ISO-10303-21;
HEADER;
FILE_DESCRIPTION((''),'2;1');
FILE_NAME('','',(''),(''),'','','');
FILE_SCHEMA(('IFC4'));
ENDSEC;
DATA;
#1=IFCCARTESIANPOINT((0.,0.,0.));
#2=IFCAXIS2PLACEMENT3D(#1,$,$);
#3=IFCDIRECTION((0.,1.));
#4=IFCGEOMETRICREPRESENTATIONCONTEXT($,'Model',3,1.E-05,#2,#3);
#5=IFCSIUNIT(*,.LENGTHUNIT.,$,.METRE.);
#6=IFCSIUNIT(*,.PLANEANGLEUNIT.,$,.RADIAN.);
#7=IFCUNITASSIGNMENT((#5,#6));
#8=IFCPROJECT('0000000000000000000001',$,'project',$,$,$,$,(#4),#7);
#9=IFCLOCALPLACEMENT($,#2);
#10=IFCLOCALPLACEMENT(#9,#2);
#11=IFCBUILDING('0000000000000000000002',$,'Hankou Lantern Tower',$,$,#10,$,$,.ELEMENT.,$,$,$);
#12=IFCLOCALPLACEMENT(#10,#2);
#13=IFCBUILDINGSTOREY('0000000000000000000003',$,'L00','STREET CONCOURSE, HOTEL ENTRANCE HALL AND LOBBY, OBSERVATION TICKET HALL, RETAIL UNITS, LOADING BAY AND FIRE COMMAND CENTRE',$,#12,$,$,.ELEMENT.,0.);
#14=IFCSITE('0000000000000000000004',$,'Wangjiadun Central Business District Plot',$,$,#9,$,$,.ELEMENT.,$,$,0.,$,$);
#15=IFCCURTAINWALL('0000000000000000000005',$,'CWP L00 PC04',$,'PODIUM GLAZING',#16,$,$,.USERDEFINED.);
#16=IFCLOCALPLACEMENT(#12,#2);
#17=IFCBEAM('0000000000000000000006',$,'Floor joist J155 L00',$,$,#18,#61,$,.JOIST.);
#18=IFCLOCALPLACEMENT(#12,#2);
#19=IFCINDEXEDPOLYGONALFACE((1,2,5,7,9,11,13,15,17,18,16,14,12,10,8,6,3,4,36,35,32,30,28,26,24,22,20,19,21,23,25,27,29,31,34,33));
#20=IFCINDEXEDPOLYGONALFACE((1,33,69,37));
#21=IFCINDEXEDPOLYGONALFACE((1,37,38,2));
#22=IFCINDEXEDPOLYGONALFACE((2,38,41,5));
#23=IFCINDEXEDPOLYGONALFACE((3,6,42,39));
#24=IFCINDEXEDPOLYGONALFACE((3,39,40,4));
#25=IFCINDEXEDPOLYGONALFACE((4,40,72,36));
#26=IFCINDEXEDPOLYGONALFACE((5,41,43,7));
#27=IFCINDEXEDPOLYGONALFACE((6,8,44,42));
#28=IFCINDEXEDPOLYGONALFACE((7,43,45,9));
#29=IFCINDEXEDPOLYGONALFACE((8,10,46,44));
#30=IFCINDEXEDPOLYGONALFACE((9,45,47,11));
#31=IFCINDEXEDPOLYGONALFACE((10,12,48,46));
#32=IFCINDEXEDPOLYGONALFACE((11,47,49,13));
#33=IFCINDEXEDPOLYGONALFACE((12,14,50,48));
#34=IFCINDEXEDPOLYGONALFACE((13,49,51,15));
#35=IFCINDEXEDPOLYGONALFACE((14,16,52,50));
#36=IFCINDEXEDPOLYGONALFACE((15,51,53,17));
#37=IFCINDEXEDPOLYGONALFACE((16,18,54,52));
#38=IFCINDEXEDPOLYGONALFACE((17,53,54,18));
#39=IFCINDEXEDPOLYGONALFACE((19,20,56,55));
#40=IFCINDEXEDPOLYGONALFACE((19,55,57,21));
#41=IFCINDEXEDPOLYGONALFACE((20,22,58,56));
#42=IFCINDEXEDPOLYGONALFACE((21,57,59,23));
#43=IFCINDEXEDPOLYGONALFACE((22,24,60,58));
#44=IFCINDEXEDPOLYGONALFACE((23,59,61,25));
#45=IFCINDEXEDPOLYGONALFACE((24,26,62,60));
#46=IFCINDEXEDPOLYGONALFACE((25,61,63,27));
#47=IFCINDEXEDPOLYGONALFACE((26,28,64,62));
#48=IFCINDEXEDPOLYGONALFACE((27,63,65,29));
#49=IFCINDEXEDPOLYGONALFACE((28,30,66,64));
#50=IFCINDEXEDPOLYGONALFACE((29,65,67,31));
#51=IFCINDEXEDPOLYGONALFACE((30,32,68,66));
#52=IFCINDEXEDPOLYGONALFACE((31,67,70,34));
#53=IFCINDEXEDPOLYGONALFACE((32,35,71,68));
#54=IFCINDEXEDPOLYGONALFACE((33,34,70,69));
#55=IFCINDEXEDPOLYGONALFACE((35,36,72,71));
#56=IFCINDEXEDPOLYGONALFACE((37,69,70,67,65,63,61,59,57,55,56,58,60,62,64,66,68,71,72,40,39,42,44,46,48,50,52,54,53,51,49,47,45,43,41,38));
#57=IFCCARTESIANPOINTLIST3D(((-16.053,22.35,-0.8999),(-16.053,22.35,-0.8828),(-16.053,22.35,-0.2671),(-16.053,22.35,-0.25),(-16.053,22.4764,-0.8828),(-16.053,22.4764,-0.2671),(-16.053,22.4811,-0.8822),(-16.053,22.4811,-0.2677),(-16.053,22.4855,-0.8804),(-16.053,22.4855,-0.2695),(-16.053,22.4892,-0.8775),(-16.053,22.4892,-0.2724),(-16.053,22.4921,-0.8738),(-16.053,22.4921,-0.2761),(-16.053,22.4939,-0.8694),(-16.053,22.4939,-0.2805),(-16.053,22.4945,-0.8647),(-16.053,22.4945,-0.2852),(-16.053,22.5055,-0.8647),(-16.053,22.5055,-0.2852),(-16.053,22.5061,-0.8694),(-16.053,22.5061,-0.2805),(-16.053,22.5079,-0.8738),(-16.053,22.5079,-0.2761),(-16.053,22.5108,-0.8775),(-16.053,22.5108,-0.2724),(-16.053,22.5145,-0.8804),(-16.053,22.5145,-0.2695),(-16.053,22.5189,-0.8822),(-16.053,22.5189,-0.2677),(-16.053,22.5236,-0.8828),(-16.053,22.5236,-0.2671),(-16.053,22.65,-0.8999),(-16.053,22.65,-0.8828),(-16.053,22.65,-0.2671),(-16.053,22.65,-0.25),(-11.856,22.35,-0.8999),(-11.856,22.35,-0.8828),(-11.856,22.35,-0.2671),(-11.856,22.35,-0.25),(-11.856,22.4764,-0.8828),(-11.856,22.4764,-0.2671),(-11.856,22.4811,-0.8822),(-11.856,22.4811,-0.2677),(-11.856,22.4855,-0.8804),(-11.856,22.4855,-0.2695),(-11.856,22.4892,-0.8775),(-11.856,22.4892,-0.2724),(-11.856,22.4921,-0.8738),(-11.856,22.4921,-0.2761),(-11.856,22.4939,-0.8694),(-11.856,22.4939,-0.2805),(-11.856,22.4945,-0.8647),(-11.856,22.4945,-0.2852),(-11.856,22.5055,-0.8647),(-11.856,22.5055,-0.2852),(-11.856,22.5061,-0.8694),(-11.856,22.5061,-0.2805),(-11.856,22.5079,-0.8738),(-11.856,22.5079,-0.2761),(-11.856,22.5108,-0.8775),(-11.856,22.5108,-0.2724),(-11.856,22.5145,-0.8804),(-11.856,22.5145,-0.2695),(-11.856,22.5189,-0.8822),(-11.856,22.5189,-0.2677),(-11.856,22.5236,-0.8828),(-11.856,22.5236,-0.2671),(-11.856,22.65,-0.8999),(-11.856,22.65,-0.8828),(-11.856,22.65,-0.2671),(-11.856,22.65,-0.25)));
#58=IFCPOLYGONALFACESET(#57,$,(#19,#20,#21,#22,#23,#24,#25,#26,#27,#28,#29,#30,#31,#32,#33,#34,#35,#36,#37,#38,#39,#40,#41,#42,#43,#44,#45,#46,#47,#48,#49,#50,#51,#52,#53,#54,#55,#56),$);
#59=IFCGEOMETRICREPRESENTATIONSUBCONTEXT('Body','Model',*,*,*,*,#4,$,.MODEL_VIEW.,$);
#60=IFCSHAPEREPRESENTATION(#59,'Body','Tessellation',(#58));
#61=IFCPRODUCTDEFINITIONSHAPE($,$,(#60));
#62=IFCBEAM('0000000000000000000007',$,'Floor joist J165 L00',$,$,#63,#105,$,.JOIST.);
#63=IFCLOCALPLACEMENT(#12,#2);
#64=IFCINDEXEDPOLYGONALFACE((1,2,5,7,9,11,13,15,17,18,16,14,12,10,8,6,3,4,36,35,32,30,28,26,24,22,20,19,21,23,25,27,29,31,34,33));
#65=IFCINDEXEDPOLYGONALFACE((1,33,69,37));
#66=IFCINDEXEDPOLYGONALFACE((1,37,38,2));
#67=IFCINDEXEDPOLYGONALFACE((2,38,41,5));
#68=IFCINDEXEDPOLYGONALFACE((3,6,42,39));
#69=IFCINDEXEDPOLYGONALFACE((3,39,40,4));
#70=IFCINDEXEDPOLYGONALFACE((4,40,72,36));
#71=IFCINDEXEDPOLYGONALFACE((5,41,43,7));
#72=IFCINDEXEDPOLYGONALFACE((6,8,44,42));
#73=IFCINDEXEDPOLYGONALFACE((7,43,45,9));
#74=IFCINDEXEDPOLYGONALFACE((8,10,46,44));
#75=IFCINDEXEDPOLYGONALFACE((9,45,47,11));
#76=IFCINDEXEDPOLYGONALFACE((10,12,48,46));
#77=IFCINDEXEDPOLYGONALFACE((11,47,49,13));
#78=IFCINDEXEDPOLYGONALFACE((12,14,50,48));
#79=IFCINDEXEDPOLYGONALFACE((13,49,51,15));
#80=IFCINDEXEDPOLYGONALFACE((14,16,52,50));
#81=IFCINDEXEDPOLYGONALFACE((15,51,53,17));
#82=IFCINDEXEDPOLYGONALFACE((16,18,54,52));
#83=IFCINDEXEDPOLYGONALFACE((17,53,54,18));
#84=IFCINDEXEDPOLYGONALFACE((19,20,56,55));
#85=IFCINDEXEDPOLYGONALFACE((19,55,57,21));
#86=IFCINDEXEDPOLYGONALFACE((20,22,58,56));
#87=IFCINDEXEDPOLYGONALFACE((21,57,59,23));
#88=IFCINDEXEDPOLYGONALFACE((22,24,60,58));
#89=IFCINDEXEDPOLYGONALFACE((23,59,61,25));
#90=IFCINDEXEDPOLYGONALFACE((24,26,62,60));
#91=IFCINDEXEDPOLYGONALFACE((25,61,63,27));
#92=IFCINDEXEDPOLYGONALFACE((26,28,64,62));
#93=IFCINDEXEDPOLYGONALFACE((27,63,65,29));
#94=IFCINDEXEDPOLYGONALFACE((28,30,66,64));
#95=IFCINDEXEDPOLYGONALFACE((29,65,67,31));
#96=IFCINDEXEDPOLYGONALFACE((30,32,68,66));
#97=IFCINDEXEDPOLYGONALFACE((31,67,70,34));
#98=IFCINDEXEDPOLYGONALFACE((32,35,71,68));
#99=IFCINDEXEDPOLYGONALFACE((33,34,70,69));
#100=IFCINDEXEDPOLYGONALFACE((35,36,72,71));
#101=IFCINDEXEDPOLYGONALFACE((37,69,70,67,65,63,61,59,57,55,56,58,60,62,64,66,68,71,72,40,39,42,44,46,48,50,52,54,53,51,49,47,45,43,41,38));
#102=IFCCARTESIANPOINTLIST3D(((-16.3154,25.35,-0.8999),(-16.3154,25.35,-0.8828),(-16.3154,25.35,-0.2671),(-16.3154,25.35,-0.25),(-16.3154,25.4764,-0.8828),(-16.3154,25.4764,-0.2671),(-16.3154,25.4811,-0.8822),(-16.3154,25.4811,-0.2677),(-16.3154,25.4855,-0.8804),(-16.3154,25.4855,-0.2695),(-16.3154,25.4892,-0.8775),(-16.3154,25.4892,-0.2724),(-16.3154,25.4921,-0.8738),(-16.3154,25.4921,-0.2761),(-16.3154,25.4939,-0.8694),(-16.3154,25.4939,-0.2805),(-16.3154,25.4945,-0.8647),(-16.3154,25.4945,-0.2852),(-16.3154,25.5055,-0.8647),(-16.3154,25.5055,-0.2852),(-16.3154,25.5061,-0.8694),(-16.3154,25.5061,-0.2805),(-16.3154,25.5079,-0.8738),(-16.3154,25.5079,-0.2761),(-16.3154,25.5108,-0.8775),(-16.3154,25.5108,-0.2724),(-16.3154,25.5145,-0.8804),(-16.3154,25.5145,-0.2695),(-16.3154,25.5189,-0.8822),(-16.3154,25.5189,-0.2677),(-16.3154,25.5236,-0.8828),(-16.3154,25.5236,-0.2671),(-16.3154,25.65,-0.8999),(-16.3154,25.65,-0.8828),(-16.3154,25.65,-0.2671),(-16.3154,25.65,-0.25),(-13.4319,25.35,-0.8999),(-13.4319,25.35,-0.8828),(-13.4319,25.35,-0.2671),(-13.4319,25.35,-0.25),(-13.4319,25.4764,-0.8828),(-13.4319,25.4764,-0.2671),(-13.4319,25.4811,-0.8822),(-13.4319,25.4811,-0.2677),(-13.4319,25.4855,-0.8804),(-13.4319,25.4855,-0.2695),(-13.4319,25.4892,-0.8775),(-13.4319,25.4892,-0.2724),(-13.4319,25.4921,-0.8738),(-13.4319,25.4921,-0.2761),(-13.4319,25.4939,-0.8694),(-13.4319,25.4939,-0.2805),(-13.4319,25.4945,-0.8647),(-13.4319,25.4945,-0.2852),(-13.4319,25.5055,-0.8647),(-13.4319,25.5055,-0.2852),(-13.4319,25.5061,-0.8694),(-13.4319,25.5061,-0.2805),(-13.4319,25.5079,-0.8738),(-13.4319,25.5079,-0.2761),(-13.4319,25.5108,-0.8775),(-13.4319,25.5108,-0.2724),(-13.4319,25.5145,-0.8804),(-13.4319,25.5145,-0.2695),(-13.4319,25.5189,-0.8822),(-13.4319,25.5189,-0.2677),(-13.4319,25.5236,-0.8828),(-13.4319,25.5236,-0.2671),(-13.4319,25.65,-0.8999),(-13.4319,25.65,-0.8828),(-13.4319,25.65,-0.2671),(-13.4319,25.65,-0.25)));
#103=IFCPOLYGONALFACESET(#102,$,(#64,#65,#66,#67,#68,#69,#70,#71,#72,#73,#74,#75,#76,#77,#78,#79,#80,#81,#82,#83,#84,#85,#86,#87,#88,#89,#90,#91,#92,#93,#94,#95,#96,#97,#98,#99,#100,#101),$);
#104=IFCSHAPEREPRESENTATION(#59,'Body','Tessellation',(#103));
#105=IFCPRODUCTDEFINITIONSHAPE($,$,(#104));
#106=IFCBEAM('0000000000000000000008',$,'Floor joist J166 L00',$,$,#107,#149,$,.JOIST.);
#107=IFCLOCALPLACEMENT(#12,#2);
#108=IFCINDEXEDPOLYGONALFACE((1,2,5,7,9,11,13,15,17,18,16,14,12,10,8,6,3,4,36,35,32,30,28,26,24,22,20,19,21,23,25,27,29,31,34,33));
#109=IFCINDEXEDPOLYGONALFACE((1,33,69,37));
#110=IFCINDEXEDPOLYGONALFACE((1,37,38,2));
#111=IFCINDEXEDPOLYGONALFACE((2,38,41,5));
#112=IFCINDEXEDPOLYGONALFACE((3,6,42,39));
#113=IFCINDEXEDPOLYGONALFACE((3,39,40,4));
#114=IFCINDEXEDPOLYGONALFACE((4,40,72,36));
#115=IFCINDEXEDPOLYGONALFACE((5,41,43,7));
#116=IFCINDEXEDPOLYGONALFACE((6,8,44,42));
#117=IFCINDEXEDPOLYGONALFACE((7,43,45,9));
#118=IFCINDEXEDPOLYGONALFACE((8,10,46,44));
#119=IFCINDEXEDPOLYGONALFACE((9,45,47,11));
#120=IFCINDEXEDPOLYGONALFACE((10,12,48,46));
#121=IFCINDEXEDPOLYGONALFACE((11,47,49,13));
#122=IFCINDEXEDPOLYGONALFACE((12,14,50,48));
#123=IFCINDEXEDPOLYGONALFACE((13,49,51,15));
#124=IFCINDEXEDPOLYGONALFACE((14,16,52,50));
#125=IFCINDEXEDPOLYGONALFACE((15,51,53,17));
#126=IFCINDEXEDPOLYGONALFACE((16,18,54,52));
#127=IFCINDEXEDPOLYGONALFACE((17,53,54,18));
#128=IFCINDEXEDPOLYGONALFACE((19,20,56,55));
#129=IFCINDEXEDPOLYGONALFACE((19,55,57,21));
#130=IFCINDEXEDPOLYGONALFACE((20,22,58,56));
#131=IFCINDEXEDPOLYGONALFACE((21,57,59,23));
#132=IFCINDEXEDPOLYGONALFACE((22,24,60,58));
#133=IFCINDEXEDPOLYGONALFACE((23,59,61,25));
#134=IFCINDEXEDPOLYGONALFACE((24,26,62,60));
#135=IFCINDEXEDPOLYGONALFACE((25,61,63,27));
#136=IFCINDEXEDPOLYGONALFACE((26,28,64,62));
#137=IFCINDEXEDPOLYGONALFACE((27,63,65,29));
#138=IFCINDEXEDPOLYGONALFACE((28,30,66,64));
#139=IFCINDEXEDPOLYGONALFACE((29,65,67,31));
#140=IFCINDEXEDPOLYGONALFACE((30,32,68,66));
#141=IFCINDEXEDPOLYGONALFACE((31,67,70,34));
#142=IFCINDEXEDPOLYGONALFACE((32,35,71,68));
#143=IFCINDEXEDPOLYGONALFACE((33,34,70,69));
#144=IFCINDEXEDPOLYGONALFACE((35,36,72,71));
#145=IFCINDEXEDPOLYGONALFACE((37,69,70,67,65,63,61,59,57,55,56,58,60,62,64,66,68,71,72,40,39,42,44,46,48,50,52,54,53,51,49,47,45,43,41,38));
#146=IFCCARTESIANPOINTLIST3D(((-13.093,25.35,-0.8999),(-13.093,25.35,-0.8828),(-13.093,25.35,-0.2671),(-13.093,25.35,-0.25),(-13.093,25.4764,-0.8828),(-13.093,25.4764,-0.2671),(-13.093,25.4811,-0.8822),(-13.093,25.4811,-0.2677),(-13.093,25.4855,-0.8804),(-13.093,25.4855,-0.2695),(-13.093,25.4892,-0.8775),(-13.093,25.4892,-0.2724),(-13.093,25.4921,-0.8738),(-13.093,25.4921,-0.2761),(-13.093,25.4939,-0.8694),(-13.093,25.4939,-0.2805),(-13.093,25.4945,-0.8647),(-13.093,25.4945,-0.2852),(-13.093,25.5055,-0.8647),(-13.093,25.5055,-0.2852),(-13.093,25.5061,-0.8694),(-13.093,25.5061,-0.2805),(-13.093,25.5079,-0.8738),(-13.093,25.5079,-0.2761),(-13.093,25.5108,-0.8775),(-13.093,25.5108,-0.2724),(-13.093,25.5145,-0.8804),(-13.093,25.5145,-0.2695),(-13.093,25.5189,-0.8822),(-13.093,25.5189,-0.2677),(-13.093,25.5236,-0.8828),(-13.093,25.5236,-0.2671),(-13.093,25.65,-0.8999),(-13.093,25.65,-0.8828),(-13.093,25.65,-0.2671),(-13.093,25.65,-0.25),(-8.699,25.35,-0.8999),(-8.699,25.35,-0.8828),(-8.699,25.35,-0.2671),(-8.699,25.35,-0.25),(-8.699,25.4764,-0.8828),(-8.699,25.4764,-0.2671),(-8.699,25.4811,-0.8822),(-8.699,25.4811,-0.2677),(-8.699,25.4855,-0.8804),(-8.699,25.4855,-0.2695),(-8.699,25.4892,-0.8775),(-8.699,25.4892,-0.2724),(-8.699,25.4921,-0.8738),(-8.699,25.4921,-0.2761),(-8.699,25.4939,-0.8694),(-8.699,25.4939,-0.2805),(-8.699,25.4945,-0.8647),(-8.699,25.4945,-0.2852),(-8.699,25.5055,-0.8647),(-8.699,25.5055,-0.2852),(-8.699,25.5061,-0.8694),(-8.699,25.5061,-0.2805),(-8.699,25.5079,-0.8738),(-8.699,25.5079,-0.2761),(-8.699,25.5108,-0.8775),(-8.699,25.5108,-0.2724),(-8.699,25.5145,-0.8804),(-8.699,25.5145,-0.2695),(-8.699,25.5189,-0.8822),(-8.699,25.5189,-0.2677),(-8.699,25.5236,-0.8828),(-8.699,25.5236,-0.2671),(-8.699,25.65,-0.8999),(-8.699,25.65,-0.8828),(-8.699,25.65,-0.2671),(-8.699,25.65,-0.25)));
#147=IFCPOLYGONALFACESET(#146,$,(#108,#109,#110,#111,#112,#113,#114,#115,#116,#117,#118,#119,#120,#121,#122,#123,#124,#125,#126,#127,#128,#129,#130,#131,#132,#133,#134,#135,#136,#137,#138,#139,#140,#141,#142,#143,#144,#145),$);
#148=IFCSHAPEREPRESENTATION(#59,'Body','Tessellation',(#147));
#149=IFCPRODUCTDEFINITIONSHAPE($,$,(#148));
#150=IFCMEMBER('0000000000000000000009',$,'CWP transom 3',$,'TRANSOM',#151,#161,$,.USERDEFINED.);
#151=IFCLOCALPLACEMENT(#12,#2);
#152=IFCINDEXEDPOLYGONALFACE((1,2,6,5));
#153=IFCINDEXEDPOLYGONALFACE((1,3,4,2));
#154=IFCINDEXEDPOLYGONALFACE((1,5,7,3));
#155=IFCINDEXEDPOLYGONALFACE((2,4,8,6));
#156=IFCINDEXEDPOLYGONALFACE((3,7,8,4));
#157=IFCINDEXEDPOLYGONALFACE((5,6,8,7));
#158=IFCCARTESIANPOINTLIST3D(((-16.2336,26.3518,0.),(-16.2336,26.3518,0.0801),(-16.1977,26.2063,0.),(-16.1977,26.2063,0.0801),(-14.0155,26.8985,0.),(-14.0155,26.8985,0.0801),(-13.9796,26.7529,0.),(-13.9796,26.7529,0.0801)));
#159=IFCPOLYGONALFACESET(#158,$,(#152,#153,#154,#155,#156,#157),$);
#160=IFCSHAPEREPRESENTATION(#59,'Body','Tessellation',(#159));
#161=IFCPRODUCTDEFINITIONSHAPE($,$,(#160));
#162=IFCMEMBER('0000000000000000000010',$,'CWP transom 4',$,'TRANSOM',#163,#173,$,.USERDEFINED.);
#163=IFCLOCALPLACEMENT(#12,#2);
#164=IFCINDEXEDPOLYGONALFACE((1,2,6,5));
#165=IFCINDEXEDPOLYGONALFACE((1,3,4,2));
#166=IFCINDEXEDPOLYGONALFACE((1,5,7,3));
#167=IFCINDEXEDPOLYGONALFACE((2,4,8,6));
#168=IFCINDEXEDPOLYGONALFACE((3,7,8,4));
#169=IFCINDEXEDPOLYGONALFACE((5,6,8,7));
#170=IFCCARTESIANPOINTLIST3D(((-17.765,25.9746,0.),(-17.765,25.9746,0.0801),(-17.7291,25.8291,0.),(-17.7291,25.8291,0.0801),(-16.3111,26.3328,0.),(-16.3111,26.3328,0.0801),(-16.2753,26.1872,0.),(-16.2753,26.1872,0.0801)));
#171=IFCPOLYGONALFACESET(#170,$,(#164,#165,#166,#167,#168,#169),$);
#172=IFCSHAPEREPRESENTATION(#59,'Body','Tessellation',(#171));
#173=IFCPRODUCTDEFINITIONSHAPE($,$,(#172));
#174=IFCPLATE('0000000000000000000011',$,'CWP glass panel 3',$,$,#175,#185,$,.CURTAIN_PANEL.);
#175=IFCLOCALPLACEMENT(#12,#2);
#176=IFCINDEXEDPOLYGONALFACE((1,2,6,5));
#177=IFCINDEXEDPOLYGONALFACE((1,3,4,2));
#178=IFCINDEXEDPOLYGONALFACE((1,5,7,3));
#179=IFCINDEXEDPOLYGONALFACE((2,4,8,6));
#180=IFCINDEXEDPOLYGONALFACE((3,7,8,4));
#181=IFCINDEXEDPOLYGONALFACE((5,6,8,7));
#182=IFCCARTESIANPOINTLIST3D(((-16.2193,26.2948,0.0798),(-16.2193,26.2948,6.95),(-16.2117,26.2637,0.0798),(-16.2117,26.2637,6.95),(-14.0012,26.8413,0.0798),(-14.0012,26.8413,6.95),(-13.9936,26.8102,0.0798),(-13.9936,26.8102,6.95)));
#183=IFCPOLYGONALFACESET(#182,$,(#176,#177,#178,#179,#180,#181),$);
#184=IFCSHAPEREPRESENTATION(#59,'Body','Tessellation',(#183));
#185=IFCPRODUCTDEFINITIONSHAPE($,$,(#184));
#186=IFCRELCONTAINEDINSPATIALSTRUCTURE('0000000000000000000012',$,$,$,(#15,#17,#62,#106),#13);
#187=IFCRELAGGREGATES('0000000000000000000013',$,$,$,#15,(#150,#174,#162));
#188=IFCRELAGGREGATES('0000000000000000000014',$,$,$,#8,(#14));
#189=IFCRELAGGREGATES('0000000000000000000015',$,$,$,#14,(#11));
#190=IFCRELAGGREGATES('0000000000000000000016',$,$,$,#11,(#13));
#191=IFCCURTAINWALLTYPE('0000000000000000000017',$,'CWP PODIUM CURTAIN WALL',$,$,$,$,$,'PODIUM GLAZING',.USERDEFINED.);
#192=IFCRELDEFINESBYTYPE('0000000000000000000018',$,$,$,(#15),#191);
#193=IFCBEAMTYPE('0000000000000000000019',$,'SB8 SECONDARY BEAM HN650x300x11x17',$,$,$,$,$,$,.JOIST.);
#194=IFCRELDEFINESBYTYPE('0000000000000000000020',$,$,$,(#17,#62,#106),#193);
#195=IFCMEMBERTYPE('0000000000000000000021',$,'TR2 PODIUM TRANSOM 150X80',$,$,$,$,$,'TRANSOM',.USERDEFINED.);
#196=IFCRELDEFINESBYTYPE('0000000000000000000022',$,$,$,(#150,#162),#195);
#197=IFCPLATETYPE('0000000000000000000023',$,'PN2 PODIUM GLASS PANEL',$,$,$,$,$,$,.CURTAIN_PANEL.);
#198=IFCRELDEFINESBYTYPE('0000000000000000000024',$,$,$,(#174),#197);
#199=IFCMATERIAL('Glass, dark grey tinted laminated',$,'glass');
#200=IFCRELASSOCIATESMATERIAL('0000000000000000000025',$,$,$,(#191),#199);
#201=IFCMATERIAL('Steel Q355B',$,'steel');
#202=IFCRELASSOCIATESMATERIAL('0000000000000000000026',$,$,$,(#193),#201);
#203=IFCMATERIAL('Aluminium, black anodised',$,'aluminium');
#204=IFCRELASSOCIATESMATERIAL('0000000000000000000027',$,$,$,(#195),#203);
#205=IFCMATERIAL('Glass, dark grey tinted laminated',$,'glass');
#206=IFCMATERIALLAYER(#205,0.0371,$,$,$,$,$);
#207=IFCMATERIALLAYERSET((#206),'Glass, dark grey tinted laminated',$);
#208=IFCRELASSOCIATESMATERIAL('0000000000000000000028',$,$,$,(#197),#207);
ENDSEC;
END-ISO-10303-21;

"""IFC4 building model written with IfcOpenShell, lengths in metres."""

from ifc_helpers import new_model, si_unit, direction, frame, origin, origin_2d, place, context, subcontext, project, spatial, rectangle, i_section, extrude, material, layer, layer_set, material_profile, profile_set, type_object, element, aggregate, save


model = new_model("IFC4")

# Units and contexts
model_context = context("Model", 3, precision=1e-05, world=origin(), true_north=direction((0.0, 1.0)))
body_context = subcontext(model_context, "Body", "Model", "MODEL_VIEW")
ifc_project = project(units=[si_unit("LENGTHUNIT", "METRE"), si_unit("PLANEANGLEUNIT", "RADIAN")], contexts=[model_context])

# Site, building, storey
site_placement = place(None, origin())
site = spatial("IfcSite", under=ifc_project, at=site_placement, Name="Wangjiadun Central Business District Plot", CompositionType="ELEMENT", RefElevation=0.0)
building_placement = place(site_placement, origin())
building = spatial("IfcBuilding", under=site, at=building_placement, Name="Hankou Lantern Tower", CompositionType="ELEMENT")
storey_placement = place(building_placement, origin())
storey = spatial("IfcBuildingStorey", under=building, at=storey_placement, Name="L00", Description="STREET CONCOURSE, HOTEL ENTRANCE HALL AND LOBBY, OBSERVATION TICKET HALL, RETAIL UNITS, LOADING BAY AND FIRE COMMAND CENTRE", CompositionType="ELEMENT", Elevation=0.0)

# Curtain wall
ifc_material_1 = material(Name="Glass, dark grey tinted laminated", Category="glass")
curtain_wall_type = type_object("IfcCurtainWallType", Name="CWP PODIUM CURTAIN WALL", ElementType="PODIUM GLAZING", PredefinedType="USERDEFINED", material=ifc_material_1)
curtain_wall_placement = place(storey_placement, origin())
curtain_wall = element("IfcCurtainWall", 1, at=curtain_wall_placement, inside=storey, type_object=curtain_wall_type, Name="CWP L00 PC04", ObjectType="PODIUM GLAZING", PredefinedType="USERDEFINED")

# Beams
ifc_material_2 = material(Name="Steel Q355B", Category="steel")
ifc_material_profile_1 = material_profile(ifc_material_2, i_section(OverallWidth=0.3, OverallDepth=0.6499, WebThickness=0.011, FlangeThickness=0.0171, FilletRadius=0.0181, at=origin_2d()), Name="HN650x300x11x17")
ifc_profile_set_1 = profile_set([ifc_material_profile_1], Name="Steel Q355B")
beam_type_1 = type_object("IfcBeamType", Name="SB8 SECONDARY BEAM HN650x300x11x17", PredefinedType="JOIST", material=ifc_profile_set_1)
beam_1_placement = place(storey_placement, frame((-16.053, 22.5, -0.575), z_axis=(1.0, 0.0, 0.0), x_axis=(0.0, 1.0, 0.0)))
element("IfcBeam", 2, at=beam_1_placement, inside=storey, type_object=beam_type_1, Name="Floor joist J155 L00", PredefinedType="JOIST", context=body_context, shape_type="SweptSolid", body=[
    extrude(i_section(OverallWidth=0.3, OverallDepth=0.6499, WebThickness=0.011, FlangeThickness=0.0171, FilletRadius=0.0181, at=origin_2d()), origin(), (0.0, 0.0, 1.0), 4.197),
])
beam_2_placement = place(storey_placement, frame((-16.3154, 25.5, -0.575), z_axis=(1.0, 0.0, 0.0), x_axis=(0.0, 1.0, 0.0)))
element("IfcBeam", 3, at=beam_2_placement, inside=storey, type_object=beam_type_1, Name="Floor joist J165 L00", PredefinedType="JOIST", context=body_context, shape_type="SweptSolid", body=[
    extrude(i_section(OverallWidth=0.3, OverallDepth=0.6499, WebThickness=0.011, FlangeThickness=0.0171, FilletRadius=0.0181, at=origin_2d()), origin(), (0.0, 0.0, 1.0), 2.8835),
])
beam_3_placement = place(storey_placement, frame((-13.093, 25.5, -0.575), z_axis=(1.0, 0.0, 0.0), x_axis=(0.0, 1.0, 0.0)))
element("IfcBeam", 4, at=beam_3_placement, inside=storey, type_object=beam_type_1, Name="Floor joist J166 L00", PredefinedType="JOIST", context=body_context, shape_type="SweptSolid", body=[
    extrude(i_section(OverallWidth=0.3, OverallDepth=0.6499, WebThickness=0.011, FlangeThickness=0.0171, FilletRadius=0.0181, at=origin_2d()), origin(), (0.0, 0.0, 1.0), 4.394),
])

# Members
ifc_material_3 = material(Name="Aluminium, black anodised", Category="aluminium")
ifc_material_profile_2 = material_profile(ifc_material_3, rectangle(XDim=0.1499, YDim=0.0801, at=origin_2d()), Name="TR2 150X80")
ifc_profile_set_2 = profile_set([ifc_material_profile_2], Name="Aluminium, black anodised")
member_type_1 = type_object("IfcMemberType", Name="TR2 PODIUM TRANSOM 150X80", ElementType="TRANSOM", PredefinedType="USERDEFINED", material=ifc_profile_set_2)
member_1_placement = place(storey_placement, frame((-13.9976, 26.8257, 0.04), z_axis=(-0.970948, -0.23929, 0.0), x_axis=(0.23929, -0.970948, 0.0)))
member_1 = element("IfcMember", 5, at=member_1_placement, type_object=member_type_1, Name="CWP transom 3", ObjectType="TRANSOM", PredefinedType="USERDEFINED", context=body_context, shape_type="SweptSolid", body=[
    extrude(rectangle(XDim=0.1499, YDim=0.0801, at=origin_2d()), origin(), (0.0, 0.0, 1.0), 2.2844),
])
member_2_placement = place(storey_placement, frame((-16.2932, 26.26, 0.04), z_axis=(-0.970971, -0.239196, 0.0), x_axis=(0.239196, -0.970971, 0.0)))
member_2 = element("IfcMember", 6, at=member_2_placement, type_object=member_type_1, Name="CWP transom 4", ObjectType="TRANSOM", PredefinedType="USERDEFINED", context=body_context, shape_type="SweptSolid", body=[
    extrude(rectangle(XDim=0.1499, YDim=0.0801, at=origin_2d()), origin(), (0.0, 0.0, 1.0), 1.4973),
])

# Plate
ifc_material_4 = material(Name="Glass, dark grey tinted laminated", Category="glass")
ifc_layer_1 = layer(ifc_material_4, 0.0371)
ifc_layer_set_1 = layer_set([ifc_layer_1], Name="Glass, dark grey tinted laminated")
plate_type = type_object("IfcPlateType", Name="PN2 PODIUM GLASS PANEL", PredefinedType="CURTAIN_PANEL", material=ifc_layer_set_1)
plate_1_placement = place(storey_placement, frame((-15.1064, 26.5525, 0.0798), z_axis=(0.0, 0.0, 1.0), x_axis=(-0.970961, -0.239238, 0.0)))
plate_1 = element("IfcPlate", 7, at=plate_1_placement, type_object=plate_type, Name="CWP glass panel 3", PredefinedType="CURTAIN_PANEL", context=body_context, shape_type="SweptSolid", body=[
    extrude(rectangle(XDim=2.2844, YDim=0.032, at=origin_2d()), origin(), (0.0, 0.0, 1.0), 6.8701),
])
aggregate(curtain_wall, [member_1, plate_1, member_2])

save(model, "model.ifc")
